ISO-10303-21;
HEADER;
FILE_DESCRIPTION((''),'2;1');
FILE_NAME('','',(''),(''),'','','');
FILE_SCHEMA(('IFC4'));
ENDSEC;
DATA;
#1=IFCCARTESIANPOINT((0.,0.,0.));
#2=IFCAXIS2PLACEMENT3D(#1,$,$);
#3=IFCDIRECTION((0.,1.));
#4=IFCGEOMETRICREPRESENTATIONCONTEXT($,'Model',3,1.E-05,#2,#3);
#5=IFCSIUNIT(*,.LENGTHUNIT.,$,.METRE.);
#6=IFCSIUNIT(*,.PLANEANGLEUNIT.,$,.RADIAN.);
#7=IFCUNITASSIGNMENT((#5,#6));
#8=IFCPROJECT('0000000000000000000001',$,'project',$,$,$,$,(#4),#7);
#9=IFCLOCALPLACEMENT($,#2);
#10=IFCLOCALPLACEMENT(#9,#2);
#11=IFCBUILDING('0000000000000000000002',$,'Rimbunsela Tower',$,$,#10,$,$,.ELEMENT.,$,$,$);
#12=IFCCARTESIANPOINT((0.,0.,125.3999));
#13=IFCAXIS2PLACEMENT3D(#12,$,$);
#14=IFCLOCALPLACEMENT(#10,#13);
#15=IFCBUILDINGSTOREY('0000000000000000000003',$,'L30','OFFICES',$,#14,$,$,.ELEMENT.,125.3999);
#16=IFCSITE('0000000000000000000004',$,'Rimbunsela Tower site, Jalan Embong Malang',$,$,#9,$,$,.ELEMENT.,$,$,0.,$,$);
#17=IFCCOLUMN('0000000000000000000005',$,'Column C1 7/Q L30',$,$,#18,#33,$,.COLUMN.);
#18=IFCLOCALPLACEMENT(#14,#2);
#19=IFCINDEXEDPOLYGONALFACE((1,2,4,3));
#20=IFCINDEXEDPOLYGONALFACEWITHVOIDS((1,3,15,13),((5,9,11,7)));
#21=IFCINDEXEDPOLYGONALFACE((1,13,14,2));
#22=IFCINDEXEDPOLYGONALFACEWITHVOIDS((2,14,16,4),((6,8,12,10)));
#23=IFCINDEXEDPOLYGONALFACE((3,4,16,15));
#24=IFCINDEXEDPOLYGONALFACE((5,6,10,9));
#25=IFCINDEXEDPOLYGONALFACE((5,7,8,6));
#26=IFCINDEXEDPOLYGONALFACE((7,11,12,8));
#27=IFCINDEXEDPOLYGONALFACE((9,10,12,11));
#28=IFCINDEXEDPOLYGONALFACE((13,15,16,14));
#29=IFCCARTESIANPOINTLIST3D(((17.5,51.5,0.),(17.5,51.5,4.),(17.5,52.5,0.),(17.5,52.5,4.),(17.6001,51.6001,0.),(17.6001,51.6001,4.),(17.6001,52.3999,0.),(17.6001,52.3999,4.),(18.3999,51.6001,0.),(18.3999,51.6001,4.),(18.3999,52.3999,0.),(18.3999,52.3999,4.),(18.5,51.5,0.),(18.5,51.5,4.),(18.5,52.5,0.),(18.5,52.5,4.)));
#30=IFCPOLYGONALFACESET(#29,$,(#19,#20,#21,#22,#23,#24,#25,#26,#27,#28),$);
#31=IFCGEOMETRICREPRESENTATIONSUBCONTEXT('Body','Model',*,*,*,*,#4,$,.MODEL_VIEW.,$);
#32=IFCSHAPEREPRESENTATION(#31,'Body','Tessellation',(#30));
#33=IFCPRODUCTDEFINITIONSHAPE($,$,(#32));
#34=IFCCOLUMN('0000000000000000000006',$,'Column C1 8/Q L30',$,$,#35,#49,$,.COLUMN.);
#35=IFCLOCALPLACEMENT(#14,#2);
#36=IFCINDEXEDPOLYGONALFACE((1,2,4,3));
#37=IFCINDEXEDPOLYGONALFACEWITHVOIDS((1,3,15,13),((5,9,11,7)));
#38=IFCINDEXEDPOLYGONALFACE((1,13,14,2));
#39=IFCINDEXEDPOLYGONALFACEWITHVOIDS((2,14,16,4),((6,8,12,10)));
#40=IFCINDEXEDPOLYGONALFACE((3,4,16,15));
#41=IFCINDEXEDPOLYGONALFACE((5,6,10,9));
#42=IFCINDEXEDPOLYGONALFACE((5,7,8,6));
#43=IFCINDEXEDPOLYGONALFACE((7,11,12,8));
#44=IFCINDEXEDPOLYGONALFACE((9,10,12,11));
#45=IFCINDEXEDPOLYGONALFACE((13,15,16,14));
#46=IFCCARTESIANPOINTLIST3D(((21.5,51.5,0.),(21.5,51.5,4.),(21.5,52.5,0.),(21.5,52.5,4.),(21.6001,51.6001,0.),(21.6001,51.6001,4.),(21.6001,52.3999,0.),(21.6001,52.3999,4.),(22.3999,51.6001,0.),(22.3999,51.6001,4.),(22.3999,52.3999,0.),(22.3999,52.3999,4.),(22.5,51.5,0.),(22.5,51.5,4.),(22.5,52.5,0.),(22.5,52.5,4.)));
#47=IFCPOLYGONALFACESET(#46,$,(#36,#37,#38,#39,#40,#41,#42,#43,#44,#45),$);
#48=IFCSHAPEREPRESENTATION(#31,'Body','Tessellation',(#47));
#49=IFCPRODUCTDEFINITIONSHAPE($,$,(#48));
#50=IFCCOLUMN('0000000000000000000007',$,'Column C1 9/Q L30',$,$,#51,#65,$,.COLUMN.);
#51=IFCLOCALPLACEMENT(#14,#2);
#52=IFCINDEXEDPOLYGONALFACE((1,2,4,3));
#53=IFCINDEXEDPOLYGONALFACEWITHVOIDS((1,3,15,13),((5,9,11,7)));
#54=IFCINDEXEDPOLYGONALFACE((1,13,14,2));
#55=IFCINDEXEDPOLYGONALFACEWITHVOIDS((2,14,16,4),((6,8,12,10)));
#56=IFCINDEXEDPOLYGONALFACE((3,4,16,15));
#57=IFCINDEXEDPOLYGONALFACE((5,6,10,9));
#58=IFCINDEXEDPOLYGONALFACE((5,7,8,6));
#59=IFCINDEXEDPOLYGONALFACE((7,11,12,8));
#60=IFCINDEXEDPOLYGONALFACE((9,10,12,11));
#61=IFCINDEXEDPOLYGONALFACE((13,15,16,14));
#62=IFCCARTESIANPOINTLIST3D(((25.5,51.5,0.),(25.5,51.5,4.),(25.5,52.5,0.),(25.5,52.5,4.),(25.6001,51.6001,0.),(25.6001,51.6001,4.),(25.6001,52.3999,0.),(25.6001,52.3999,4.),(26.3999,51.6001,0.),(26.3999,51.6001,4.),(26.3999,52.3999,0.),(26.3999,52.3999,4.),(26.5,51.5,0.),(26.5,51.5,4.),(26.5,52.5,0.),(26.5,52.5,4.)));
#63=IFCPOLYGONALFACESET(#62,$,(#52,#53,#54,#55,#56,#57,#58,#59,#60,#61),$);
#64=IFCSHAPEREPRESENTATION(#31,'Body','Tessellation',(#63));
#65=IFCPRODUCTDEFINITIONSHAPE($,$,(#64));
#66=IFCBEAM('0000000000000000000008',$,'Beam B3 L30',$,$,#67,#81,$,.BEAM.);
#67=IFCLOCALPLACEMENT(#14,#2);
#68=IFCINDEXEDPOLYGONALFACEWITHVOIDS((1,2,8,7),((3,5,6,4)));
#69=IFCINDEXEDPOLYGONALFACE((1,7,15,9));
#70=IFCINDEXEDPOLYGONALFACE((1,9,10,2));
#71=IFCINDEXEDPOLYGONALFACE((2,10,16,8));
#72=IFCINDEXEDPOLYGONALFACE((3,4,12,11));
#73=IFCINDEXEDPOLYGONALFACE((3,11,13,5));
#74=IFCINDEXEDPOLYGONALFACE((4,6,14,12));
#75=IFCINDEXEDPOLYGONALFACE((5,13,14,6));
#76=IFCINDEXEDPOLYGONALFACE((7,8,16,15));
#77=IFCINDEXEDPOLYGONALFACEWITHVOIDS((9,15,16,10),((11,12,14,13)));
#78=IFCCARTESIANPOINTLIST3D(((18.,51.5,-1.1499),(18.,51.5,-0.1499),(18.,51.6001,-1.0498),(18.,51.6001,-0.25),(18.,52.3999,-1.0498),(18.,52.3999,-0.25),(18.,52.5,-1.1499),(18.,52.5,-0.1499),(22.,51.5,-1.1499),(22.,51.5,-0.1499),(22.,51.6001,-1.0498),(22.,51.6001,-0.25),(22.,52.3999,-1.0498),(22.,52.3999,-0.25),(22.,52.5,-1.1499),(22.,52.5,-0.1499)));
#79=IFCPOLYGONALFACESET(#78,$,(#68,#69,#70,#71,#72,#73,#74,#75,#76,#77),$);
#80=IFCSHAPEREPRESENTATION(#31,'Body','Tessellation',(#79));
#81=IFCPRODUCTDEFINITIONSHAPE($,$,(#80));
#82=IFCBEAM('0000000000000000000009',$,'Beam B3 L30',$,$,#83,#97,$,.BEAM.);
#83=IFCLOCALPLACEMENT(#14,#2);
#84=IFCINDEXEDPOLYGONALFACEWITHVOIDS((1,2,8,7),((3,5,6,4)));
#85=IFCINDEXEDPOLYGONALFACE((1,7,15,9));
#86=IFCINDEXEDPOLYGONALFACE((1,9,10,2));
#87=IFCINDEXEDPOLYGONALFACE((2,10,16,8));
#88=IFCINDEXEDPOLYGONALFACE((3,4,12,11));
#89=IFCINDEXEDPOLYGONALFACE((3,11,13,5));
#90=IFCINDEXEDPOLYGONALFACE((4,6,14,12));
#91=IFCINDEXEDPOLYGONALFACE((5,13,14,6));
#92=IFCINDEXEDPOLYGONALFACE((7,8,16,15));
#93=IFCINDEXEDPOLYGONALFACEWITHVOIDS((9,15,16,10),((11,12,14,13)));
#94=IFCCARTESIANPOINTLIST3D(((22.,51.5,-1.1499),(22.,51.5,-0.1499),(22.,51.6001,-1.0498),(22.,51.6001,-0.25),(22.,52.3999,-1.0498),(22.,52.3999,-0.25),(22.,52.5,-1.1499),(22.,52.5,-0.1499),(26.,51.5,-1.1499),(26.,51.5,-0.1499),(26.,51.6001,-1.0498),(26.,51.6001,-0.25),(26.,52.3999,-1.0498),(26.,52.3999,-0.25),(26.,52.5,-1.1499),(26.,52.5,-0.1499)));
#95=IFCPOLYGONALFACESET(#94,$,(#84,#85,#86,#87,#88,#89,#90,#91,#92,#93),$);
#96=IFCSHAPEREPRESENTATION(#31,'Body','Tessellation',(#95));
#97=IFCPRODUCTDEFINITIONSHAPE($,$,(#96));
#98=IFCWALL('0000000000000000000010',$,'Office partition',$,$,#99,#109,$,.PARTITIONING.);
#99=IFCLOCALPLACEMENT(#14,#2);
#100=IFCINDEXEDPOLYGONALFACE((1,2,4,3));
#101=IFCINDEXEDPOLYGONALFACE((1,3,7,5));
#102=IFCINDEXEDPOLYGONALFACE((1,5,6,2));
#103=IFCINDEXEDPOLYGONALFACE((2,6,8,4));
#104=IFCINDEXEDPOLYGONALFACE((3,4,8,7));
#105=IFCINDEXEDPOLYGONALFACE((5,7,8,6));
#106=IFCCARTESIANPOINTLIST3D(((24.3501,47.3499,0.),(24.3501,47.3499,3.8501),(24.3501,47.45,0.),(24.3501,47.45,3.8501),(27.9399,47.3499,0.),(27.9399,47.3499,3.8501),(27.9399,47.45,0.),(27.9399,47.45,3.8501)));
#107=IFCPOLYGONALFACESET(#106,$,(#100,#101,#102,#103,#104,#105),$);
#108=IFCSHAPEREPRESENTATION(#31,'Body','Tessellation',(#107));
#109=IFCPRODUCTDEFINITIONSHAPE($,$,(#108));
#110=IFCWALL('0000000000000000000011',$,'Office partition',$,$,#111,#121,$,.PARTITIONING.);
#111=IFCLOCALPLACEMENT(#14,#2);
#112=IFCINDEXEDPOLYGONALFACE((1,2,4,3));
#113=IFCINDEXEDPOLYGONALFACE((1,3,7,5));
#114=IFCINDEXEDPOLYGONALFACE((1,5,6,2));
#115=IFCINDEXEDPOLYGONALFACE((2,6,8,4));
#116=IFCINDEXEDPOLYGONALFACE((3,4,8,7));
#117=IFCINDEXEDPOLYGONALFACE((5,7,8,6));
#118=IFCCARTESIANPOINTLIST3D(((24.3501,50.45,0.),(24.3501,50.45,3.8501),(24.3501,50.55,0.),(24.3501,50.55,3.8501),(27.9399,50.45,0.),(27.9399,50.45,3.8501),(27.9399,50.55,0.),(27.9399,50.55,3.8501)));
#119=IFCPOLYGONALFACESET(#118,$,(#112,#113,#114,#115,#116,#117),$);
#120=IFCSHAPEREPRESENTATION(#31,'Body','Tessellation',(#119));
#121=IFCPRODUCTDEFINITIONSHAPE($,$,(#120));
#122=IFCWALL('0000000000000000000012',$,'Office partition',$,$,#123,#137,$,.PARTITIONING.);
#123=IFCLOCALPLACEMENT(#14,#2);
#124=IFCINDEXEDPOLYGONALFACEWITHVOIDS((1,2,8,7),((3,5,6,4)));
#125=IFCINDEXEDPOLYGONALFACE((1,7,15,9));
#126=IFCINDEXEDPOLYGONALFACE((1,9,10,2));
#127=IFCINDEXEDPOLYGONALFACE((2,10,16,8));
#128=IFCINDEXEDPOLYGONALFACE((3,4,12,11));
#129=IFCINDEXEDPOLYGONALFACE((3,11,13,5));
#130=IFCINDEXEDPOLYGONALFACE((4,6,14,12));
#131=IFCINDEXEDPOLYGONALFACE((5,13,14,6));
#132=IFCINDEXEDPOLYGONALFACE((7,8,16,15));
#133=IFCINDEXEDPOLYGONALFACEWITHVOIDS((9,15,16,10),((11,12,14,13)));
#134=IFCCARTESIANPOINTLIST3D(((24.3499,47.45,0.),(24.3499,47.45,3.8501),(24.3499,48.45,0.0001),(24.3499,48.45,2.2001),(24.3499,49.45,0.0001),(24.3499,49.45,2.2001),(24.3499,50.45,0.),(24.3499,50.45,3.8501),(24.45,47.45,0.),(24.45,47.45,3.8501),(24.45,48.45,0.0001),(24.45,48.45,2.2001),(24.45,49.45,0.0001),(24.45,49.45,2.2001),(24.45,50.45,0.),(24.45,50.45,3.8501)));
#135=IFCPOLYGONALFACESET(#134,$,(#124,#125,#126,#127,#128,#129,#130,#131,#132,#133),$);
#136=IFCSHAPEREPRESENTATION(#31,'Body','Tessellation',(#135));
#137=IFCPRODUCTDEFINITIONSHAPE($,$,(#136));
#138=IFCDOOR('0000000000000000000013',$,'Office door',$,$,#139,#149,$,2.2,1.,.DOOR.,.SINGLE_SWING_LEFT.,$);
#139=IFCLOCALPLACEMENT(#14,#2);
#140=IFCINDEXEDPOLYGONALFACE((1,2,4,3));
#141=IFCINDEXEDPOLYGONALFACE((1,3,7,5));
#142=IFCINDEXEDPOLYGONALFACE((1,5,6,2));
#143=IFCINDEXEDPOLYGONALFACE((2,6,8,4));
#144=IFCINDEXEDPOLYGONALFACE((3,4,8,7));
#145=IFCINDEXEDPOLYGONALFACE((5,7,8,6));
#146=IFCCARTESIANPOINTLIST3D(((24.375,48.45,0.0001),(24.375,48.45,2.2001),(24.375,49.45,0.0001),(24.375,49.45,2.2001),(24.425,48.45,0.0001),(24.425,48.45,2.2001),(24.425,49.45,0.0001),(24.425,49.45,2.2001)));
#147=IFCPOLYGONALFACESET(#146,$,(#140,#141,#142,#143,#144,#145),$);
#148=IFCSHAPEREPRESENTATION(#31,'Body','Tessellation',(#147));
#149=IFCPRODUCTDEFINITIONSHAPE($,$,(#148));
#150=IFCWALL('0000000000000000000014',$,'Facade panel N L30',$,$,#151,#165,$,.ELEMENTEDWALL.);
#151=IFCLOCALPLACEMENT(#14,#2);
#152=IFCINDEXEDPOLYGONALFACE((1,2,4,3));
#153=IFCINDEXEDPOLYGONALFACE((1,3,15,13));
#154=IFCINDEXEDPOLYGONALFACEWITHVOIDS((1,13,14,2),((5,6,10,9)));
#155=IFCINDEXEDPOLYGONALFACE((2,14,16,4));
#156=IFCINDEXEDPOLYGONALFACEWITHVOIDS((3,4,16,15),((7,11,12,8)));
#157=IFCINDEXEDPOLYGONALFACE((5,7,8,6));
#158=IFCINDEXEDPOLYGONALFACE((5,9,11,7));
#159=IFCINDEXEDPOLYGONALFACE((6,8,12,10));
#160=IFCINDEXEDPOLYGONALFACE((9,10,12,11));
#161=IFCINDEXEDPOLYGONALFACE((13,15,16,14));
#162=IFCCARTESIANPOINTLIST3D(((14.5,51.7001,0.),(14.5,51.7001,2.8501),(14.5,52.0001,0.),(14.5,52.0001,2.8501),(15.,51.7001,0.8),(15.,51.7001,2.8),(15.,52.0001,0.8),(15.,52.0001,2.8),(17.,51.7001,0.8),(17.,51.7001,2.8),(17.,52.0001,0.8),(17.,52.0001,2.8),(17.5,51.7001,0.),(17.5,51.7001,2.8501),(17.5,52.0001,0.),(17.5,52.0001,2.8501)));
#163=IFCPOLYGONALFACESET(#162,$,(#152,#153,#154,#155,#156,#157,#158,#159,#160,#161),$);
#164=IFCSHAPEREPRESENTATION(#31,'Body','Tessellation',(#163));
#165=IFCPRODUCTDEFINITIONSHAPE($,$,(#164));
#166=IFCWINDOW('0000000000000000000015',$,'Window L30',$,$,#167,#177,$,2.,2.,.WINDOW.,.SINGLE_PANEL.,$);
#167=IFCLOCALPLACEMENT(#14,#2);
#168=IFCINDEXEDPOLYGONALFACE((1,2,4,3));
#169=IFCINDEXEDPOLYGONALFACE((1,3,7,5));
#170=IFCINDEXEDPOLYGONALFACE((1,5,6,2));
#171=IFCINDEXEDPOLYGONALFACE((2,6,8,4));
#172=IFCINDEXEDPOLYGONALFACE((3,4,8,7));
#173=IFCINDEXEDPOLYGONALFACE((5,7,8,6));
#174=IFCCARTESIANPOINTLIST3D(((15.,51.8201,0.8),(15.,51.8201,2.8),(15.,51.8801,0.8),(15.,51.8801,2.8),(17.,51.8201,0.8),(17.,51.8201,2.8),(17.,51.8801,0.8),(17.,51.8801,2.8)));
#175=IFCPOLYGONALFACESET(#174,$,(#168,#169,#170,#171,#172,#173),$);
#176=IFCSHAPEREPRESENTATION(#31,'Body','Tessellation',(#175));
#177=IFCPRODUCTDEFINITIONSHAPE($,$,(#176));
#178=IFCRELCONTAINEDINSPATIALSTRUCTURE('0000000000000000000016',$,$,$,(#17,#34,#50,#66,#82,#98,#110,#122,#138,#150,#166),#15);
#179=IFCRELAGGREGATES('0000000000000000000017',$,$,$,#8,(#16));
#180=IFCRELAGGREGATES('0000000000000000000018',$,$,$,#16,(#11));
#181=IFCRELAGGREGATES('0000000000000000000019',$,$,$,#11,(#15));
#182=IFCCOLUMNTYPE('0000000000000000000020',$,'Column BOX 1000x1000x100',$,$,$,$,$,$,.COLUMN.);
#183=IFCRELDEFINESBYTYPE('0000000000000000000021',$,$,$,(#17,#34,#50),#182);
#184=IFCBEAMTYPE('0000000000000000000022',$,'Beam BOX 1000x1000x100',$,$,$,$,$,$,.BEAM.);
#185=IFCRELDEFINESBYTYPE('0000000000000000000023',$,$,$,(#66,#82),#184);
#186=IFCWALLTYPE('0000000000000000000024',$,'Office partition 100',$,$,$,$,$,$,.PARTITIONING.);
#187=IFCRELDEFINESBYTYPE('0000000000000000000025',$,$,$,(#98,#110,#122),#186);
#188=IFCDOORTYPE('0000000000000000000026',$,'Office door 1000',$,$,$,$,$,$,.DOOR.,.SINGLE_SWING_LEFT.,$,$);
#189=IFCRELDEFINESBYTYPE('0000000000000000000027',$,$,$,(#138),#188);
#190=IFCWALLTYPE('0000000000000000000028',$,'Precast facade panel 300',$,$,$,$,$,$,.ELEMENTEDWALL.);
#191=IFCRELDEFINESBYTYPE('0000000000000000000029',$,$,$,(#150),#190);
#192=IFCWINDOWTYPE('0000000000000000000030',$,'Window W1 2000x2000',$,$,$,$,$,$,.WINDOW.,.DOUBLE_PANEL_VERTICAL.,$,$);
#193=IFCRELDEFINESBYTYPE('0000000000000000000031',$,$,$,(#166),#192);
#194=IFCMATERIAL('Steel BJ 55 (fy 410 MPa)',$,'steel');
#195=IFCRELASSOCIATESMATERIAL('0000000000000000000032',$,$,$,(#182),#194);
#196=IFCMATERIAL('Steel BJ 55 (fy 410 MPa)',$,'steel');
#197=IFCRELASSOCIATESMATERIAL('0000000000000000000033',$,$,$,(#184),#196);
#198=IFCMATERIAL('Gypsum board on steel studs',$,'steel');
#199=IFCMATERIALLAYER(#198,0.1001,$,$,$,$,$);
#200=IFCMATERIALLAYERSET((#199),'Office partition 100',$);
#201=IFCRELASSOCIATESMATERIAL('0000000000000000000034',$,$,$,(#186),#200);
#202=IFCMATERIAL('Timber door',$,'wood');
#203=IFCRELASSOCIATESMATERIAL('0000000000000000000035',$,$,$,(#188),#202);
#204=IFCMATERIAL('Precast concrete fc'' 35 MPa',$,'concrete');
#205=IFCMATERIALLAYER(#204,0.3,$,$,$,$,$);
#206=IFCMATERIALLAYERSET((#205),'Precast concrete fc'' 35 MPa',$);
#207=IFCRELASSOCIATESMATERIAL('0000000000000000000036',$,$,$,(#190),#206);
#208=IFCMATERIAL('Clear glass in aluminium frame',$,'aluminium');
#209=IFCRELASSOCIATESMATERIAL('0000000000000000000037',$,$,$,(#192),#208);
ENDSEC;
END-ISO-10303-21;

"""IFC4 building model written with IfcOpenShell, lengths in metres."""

from ifc_helpers import new_model, si_unit, direction, frame, frame_2d, origin, origin_2d, place, context, subcontext, project, spatial, rectangle, hollow_rectangle, extrude, material, layer, layer_set, material_profile, profile_set, type_object, element, fill, save


model = new_model("IFC4")

# Units and contexts
model_context = context("Model", 3, precision=1e-05, world=origin(), true_north=direction((0.0, 1.0)))
body_context = subcontext(model_context, "Body", "Model", "MODEL_VIEW")
ifc_project = project(units=[si_unit("LENGTHUNIT", "METRE"), si_unit("PLANEANGLEUNIT", "RADIAN")], contexts=[model_context])

# Site, building, storey
site_placement = place(None, origin())
site = spatial("IfcSite", under=ifc_project, at=site_placement, Name="Rimbunsela Tower site, Jalan Embong Malang", CompositionType="ELEMENT", RefElevation=0.0)
building_placement = place(site_placement, origin())
building = spatial("IfcBuilding", under=site, at=building_placement, Name="Rimbunsela Tower", CompositionType="ELEMENT")
storey_placement = place(building_placement, frame((0.0, 0.0, 125.3999)))
storey = spatial("IfcBuildingStorey", under=building, at=storey_placement, Name="L30", Description="OFFICES", CompositionType="ELEMENT", Elevation=125.3999)

# Columns
ifc_material_1 = material(Name="Steel BJ 55 (fy 410 MPa)", Category="steel")
ifc_material_profile_1 = material_profile(ifc_material_1, hollow_rectangle(XDim=1.0, YDim=1.0, WallThickness=0.1001, at=origin_2d()), Name="BOX 1000x1000x100")
ifc_profile_set_1 = profile_set([ifc_material_profile_1], Name="Steel BJ 55 (fy 410 MPa)")
column_type = type_object("IfcColumnType", Name="Column BOX 1000x1000x100", PredefinedType="COLUMN", material=ifc_profile_set_1)
for number, where, z_axis, x_axis, name in (
    (1, (18.0, 52.0, 0.0), (0.0, 0.0, 1.0), (1.0, 0.0, 0.0), "Column C1 7/Q L30"),
    (2, (22.0, 52.0, 0.0), (0.0, 0.0, 1.0), (1.0, 0.0, 0.0), "Column C1 8/Q L30"),
    (3, (26.0, 52.0, 0.0), (0.0, 0.0, 1.0), (1.0, 0.0, 0.0), "Column C1 9/Q L30"),
):
    element("IfcColumn", number, at=place(storey_placement, frame(where, z_axis=z_axis, x_axis=x_axis)), inside=storey, type_object=column_type, Name=name, PredefinedType="COLUMN", context=body_context, shape_type="SweptSolid", body=[
        extrude(hollow_rectangle(XDim=1.0, YDim=1.0, WallThickness=0.1001, at=origin_2d()), origin(), (0.0, 0.0, 1.0), 4.0),
    ])

# Beams
ifc_material_2 = material(Name="Steel BJ 55 (fy 410 MPa)", Category="steel")
ifc_material_profile_2 = material_profile(ifc_material_2, hollow_rectangle(XDim=1.0, YDim=1.0, WallThickness=0.1001, at=origin_2d()), Name="BOX 1000x1000x100")
ifc_profile_set_2 = profile_set([ifc_material_profile_2], Name="Steel BJ 55 (fy 410 MPa)")
beam_type = type_object("IfcBeamType", Name="Beam BOX 1000x1000x100", PredefinedType="BEAM", material=ifc_profile_set_2)
for number, where, z_axis, x_axis, name in (
    (4, (18.0, 52.0, -0.6499), (1.0, 0.0, 0.0), (0.0, 1.0, 0.0), "Beam B3 L30"),
    (5, (22.0, 52.0, -0.6499), (1.0, 0.0, 0.0), (0.0, 1.0, 0.0), "Beam B3 L30"),
):
    element("IfcBeam", number, at=place(storey_placement, frame(where, z_axis=z_axis, x_axis=x_axis)), inside=storey, type_object=beam_type, Name=name, PredefinedType="BEAM", context=body_context, shape_type="SweptSolid", body=[
        extrude(hollow_rectangle(XDim=1.0, YDim=1.0, WallThickness=0.1001, at=origin_2d()), origin(), (0.0, 0.0, 1.0), 4.0),
    ])

# Walls
ifc_material_3 = material(Name="Gypsum board on steel studs", Category="steel")
ifc_layer_1 = layer(ifc_material_3, 0.1001)
ifc_layer_set_1 = layer_set([ifc_layer_1], Name="Office partition 100")
wall_type_1 = type_object("IfcWallType", Name="Office partition 100", PredefinedType="PARTITIONING", material=ifc_layer_set_1)
for number, where, z_axis, x_axis, name in (
    (6, (24.3501, 47.3999, 0.0), (0.0, 0.0, 1.0), (1.0, 0.0, 0.0), "Office partition"),
    (7, (24.3501, 50.5, 0.0), (0.0, 0.0, 1.0), (1.0, 0.0, 0.0), "Office partition"),
):
    element("IfcWall", number, at=place(storey_placement, frame(where, z_axis=z_axis, x_axis=x_axis)), inside=storey, type_object=wall_type_1, Name=name, PredefinedType="PARTITIONING", context=body_context, shape_type="SweptSolid", body=[
        extrude(rectangle(XDim=3.5898, YDim=0.1001, at=frame_2d((1.7949, 0.0))), origin(), (0.0, 0.0, 1.0), 3.8501),
    ])

# Wall, opening, door
wall_1_placement = place(storey_placement, frame((24.3999, 47.45, 0.0), z_axis=(0.0, 0.0, 1.0), x_axis=(0.0, 1.0, 0.0)))
wall_1 = element("IfcWall", 8, at=wall_1_placement, inside=storey, type_object=wall_type_1, Name="Office partition", PredefinedType="PARTITIONING", context=body_context, shape_type="SweptSolid", body=[
    extrude(rectangle(XDim=3.0, YDim=0.1001, at=frame_2d((1.5, 0.0))), origin(), (0.0, 0.0, 1.0), 3.8501),
])
opening_1_placement = place(wall_1_placement, frame((1.0, 0.0, 0.0)))
opening_1 = element("IfcOpeningElement", 9, at=opening_1_placement, cuts=wall_1, PredefinedType="OPENING", context=body_context, shape_type="SweptSolid", body=[
    extrude(rectangle(XDim=1.0, YDim=2.2, at=frame_2d((0.5, 1.1001))), frame((0.0, 0.0601, 0.0), z_axis=(0.0, -1.0, 0.0), x_axis=(1.0, 0.0, 0.0)), (0.0, 0.0, 1.0), 0.1201),
])
ifc_material_4 = material(Name="Timber door", Category="wood")
door_type = type_object("IfcDoorType", Name="Office door 1000", OperationType="SINGLE_SWING_LEFT", PredefinedType="DOOR", material=ifc_material_4)
door_placement = place(opening_1_placement, origin())
door = element("IfcDoor", 10, at=door_placement, inside=storey, type_object=door_type, Name="Office door", OperationType="SINGLE_SWING_LEFT", OverallHeight=2.2, OverallWidth=1.0, PredefinedType="DOOR", context=body_context, shape_type="SweptSolid", body=[
    extrude(rectangle(XDim=1.0, YDim=2.2, at=frame_2d((0.5, 1.1001))), frame((0.0, 0.0249, 0.0), z_axis=(0.0, -1.0, 0.0), x_axis=(1.0, 0.0, 0.0)), (0.0, 0.0, 1.0), 0.05),
])
fill(opening_1, door)

# Wall, opening, window
ifc_material_5 = material(Name="Precast concrete fc' 35 MPa", Category="concrete")
ifc_layer_2 = layer(ifc_material_5, 0.3)
ifc_layer_set_2 = layer_set([ifc_layer_2], Name="Precast concrete fc' 35 MPa")
wall_type_2 = type_object("IfcWallType", Name="Precast facade panel 300", PredefinedType="ELEMENTEDWALL", material=ifc_layer_set_2)
wall_2_placement = place(storey_placement, frame((17.5, 51.8501, 0.0), z_axis=(0.0, 0.0, 1.0), x_axis=(-1.0, 0.0, 0.0)))
wall_2 = element("IfcWall", 11, at=wall_2_placement, inside=storey, type_object=wall_type_2, Name="Facade panel N L30", PredefinedType="ELEMENTEDWALL", context=body_context, shape_type="SweptSolid", body=[
    extrude(rectangle(XDim=3.0, YDim=0.3, at=frame_2d((1.5, 0.0))), origin(), (0.0, 0.0, 1.0), 2.8501),
])
opening_2_placement = place(wall_2_placement, frame((0.5, 0.0, 0.8)))
opening_2 = element("IfcOpeningElement", 12, at=opening_2_placement, cuts=wall_2, PredefinedType="OPENING", context=body_context, shape_type="SweptSolid", body=[
    extrude(rectangle(XDim=2.0, YDim=2.0, at=frame_2d((1.0, 1.0))), frame((0.0, 0.1599, 0.0), z_axis=(0.0, -1.0, 0.0), x_axis=(1.0, 0.0, 0.0)), (0.0, 0.0, 1.0), 0.3201),
])
ifc_material_6 = material(Name="Clear glass in aluminium frame", Category="aluminium")
window_type = type_object("IfcWindowType", Name="Window W1 2000x2000", PartitioningType="DOUBLE_PANEL_VERTICAL", PredefinedType="WINDOW", material=ifc_material_6)
window_1_placement = place(opening_2_placement, origin())
window_1 = element("IfcWindow", 13, at=window_1_placement, inside=storey, type_object=window_type, Name="Window L30", OverallHeight=2.0, OverallWidth=2.0, PartitioningType="SINGLE_PANEL", PredefinedType="WINDOW", context=body_context, shape_type="SweptSolid", body=[
    extrude(rectangle(XDim=2.0, YDim=2.0, at=frame_2d((1.0, 1.0))), frame((0.0, 0.03, 0.0), z_axis=(0.0, -1.0, 0.0), x_axis=(1.0, 0.0, 0.0)), (0.0, 0.0, 1.0), 0.0601),
])
fill(opening_2, window_1)

save(model, "model.ifc")
